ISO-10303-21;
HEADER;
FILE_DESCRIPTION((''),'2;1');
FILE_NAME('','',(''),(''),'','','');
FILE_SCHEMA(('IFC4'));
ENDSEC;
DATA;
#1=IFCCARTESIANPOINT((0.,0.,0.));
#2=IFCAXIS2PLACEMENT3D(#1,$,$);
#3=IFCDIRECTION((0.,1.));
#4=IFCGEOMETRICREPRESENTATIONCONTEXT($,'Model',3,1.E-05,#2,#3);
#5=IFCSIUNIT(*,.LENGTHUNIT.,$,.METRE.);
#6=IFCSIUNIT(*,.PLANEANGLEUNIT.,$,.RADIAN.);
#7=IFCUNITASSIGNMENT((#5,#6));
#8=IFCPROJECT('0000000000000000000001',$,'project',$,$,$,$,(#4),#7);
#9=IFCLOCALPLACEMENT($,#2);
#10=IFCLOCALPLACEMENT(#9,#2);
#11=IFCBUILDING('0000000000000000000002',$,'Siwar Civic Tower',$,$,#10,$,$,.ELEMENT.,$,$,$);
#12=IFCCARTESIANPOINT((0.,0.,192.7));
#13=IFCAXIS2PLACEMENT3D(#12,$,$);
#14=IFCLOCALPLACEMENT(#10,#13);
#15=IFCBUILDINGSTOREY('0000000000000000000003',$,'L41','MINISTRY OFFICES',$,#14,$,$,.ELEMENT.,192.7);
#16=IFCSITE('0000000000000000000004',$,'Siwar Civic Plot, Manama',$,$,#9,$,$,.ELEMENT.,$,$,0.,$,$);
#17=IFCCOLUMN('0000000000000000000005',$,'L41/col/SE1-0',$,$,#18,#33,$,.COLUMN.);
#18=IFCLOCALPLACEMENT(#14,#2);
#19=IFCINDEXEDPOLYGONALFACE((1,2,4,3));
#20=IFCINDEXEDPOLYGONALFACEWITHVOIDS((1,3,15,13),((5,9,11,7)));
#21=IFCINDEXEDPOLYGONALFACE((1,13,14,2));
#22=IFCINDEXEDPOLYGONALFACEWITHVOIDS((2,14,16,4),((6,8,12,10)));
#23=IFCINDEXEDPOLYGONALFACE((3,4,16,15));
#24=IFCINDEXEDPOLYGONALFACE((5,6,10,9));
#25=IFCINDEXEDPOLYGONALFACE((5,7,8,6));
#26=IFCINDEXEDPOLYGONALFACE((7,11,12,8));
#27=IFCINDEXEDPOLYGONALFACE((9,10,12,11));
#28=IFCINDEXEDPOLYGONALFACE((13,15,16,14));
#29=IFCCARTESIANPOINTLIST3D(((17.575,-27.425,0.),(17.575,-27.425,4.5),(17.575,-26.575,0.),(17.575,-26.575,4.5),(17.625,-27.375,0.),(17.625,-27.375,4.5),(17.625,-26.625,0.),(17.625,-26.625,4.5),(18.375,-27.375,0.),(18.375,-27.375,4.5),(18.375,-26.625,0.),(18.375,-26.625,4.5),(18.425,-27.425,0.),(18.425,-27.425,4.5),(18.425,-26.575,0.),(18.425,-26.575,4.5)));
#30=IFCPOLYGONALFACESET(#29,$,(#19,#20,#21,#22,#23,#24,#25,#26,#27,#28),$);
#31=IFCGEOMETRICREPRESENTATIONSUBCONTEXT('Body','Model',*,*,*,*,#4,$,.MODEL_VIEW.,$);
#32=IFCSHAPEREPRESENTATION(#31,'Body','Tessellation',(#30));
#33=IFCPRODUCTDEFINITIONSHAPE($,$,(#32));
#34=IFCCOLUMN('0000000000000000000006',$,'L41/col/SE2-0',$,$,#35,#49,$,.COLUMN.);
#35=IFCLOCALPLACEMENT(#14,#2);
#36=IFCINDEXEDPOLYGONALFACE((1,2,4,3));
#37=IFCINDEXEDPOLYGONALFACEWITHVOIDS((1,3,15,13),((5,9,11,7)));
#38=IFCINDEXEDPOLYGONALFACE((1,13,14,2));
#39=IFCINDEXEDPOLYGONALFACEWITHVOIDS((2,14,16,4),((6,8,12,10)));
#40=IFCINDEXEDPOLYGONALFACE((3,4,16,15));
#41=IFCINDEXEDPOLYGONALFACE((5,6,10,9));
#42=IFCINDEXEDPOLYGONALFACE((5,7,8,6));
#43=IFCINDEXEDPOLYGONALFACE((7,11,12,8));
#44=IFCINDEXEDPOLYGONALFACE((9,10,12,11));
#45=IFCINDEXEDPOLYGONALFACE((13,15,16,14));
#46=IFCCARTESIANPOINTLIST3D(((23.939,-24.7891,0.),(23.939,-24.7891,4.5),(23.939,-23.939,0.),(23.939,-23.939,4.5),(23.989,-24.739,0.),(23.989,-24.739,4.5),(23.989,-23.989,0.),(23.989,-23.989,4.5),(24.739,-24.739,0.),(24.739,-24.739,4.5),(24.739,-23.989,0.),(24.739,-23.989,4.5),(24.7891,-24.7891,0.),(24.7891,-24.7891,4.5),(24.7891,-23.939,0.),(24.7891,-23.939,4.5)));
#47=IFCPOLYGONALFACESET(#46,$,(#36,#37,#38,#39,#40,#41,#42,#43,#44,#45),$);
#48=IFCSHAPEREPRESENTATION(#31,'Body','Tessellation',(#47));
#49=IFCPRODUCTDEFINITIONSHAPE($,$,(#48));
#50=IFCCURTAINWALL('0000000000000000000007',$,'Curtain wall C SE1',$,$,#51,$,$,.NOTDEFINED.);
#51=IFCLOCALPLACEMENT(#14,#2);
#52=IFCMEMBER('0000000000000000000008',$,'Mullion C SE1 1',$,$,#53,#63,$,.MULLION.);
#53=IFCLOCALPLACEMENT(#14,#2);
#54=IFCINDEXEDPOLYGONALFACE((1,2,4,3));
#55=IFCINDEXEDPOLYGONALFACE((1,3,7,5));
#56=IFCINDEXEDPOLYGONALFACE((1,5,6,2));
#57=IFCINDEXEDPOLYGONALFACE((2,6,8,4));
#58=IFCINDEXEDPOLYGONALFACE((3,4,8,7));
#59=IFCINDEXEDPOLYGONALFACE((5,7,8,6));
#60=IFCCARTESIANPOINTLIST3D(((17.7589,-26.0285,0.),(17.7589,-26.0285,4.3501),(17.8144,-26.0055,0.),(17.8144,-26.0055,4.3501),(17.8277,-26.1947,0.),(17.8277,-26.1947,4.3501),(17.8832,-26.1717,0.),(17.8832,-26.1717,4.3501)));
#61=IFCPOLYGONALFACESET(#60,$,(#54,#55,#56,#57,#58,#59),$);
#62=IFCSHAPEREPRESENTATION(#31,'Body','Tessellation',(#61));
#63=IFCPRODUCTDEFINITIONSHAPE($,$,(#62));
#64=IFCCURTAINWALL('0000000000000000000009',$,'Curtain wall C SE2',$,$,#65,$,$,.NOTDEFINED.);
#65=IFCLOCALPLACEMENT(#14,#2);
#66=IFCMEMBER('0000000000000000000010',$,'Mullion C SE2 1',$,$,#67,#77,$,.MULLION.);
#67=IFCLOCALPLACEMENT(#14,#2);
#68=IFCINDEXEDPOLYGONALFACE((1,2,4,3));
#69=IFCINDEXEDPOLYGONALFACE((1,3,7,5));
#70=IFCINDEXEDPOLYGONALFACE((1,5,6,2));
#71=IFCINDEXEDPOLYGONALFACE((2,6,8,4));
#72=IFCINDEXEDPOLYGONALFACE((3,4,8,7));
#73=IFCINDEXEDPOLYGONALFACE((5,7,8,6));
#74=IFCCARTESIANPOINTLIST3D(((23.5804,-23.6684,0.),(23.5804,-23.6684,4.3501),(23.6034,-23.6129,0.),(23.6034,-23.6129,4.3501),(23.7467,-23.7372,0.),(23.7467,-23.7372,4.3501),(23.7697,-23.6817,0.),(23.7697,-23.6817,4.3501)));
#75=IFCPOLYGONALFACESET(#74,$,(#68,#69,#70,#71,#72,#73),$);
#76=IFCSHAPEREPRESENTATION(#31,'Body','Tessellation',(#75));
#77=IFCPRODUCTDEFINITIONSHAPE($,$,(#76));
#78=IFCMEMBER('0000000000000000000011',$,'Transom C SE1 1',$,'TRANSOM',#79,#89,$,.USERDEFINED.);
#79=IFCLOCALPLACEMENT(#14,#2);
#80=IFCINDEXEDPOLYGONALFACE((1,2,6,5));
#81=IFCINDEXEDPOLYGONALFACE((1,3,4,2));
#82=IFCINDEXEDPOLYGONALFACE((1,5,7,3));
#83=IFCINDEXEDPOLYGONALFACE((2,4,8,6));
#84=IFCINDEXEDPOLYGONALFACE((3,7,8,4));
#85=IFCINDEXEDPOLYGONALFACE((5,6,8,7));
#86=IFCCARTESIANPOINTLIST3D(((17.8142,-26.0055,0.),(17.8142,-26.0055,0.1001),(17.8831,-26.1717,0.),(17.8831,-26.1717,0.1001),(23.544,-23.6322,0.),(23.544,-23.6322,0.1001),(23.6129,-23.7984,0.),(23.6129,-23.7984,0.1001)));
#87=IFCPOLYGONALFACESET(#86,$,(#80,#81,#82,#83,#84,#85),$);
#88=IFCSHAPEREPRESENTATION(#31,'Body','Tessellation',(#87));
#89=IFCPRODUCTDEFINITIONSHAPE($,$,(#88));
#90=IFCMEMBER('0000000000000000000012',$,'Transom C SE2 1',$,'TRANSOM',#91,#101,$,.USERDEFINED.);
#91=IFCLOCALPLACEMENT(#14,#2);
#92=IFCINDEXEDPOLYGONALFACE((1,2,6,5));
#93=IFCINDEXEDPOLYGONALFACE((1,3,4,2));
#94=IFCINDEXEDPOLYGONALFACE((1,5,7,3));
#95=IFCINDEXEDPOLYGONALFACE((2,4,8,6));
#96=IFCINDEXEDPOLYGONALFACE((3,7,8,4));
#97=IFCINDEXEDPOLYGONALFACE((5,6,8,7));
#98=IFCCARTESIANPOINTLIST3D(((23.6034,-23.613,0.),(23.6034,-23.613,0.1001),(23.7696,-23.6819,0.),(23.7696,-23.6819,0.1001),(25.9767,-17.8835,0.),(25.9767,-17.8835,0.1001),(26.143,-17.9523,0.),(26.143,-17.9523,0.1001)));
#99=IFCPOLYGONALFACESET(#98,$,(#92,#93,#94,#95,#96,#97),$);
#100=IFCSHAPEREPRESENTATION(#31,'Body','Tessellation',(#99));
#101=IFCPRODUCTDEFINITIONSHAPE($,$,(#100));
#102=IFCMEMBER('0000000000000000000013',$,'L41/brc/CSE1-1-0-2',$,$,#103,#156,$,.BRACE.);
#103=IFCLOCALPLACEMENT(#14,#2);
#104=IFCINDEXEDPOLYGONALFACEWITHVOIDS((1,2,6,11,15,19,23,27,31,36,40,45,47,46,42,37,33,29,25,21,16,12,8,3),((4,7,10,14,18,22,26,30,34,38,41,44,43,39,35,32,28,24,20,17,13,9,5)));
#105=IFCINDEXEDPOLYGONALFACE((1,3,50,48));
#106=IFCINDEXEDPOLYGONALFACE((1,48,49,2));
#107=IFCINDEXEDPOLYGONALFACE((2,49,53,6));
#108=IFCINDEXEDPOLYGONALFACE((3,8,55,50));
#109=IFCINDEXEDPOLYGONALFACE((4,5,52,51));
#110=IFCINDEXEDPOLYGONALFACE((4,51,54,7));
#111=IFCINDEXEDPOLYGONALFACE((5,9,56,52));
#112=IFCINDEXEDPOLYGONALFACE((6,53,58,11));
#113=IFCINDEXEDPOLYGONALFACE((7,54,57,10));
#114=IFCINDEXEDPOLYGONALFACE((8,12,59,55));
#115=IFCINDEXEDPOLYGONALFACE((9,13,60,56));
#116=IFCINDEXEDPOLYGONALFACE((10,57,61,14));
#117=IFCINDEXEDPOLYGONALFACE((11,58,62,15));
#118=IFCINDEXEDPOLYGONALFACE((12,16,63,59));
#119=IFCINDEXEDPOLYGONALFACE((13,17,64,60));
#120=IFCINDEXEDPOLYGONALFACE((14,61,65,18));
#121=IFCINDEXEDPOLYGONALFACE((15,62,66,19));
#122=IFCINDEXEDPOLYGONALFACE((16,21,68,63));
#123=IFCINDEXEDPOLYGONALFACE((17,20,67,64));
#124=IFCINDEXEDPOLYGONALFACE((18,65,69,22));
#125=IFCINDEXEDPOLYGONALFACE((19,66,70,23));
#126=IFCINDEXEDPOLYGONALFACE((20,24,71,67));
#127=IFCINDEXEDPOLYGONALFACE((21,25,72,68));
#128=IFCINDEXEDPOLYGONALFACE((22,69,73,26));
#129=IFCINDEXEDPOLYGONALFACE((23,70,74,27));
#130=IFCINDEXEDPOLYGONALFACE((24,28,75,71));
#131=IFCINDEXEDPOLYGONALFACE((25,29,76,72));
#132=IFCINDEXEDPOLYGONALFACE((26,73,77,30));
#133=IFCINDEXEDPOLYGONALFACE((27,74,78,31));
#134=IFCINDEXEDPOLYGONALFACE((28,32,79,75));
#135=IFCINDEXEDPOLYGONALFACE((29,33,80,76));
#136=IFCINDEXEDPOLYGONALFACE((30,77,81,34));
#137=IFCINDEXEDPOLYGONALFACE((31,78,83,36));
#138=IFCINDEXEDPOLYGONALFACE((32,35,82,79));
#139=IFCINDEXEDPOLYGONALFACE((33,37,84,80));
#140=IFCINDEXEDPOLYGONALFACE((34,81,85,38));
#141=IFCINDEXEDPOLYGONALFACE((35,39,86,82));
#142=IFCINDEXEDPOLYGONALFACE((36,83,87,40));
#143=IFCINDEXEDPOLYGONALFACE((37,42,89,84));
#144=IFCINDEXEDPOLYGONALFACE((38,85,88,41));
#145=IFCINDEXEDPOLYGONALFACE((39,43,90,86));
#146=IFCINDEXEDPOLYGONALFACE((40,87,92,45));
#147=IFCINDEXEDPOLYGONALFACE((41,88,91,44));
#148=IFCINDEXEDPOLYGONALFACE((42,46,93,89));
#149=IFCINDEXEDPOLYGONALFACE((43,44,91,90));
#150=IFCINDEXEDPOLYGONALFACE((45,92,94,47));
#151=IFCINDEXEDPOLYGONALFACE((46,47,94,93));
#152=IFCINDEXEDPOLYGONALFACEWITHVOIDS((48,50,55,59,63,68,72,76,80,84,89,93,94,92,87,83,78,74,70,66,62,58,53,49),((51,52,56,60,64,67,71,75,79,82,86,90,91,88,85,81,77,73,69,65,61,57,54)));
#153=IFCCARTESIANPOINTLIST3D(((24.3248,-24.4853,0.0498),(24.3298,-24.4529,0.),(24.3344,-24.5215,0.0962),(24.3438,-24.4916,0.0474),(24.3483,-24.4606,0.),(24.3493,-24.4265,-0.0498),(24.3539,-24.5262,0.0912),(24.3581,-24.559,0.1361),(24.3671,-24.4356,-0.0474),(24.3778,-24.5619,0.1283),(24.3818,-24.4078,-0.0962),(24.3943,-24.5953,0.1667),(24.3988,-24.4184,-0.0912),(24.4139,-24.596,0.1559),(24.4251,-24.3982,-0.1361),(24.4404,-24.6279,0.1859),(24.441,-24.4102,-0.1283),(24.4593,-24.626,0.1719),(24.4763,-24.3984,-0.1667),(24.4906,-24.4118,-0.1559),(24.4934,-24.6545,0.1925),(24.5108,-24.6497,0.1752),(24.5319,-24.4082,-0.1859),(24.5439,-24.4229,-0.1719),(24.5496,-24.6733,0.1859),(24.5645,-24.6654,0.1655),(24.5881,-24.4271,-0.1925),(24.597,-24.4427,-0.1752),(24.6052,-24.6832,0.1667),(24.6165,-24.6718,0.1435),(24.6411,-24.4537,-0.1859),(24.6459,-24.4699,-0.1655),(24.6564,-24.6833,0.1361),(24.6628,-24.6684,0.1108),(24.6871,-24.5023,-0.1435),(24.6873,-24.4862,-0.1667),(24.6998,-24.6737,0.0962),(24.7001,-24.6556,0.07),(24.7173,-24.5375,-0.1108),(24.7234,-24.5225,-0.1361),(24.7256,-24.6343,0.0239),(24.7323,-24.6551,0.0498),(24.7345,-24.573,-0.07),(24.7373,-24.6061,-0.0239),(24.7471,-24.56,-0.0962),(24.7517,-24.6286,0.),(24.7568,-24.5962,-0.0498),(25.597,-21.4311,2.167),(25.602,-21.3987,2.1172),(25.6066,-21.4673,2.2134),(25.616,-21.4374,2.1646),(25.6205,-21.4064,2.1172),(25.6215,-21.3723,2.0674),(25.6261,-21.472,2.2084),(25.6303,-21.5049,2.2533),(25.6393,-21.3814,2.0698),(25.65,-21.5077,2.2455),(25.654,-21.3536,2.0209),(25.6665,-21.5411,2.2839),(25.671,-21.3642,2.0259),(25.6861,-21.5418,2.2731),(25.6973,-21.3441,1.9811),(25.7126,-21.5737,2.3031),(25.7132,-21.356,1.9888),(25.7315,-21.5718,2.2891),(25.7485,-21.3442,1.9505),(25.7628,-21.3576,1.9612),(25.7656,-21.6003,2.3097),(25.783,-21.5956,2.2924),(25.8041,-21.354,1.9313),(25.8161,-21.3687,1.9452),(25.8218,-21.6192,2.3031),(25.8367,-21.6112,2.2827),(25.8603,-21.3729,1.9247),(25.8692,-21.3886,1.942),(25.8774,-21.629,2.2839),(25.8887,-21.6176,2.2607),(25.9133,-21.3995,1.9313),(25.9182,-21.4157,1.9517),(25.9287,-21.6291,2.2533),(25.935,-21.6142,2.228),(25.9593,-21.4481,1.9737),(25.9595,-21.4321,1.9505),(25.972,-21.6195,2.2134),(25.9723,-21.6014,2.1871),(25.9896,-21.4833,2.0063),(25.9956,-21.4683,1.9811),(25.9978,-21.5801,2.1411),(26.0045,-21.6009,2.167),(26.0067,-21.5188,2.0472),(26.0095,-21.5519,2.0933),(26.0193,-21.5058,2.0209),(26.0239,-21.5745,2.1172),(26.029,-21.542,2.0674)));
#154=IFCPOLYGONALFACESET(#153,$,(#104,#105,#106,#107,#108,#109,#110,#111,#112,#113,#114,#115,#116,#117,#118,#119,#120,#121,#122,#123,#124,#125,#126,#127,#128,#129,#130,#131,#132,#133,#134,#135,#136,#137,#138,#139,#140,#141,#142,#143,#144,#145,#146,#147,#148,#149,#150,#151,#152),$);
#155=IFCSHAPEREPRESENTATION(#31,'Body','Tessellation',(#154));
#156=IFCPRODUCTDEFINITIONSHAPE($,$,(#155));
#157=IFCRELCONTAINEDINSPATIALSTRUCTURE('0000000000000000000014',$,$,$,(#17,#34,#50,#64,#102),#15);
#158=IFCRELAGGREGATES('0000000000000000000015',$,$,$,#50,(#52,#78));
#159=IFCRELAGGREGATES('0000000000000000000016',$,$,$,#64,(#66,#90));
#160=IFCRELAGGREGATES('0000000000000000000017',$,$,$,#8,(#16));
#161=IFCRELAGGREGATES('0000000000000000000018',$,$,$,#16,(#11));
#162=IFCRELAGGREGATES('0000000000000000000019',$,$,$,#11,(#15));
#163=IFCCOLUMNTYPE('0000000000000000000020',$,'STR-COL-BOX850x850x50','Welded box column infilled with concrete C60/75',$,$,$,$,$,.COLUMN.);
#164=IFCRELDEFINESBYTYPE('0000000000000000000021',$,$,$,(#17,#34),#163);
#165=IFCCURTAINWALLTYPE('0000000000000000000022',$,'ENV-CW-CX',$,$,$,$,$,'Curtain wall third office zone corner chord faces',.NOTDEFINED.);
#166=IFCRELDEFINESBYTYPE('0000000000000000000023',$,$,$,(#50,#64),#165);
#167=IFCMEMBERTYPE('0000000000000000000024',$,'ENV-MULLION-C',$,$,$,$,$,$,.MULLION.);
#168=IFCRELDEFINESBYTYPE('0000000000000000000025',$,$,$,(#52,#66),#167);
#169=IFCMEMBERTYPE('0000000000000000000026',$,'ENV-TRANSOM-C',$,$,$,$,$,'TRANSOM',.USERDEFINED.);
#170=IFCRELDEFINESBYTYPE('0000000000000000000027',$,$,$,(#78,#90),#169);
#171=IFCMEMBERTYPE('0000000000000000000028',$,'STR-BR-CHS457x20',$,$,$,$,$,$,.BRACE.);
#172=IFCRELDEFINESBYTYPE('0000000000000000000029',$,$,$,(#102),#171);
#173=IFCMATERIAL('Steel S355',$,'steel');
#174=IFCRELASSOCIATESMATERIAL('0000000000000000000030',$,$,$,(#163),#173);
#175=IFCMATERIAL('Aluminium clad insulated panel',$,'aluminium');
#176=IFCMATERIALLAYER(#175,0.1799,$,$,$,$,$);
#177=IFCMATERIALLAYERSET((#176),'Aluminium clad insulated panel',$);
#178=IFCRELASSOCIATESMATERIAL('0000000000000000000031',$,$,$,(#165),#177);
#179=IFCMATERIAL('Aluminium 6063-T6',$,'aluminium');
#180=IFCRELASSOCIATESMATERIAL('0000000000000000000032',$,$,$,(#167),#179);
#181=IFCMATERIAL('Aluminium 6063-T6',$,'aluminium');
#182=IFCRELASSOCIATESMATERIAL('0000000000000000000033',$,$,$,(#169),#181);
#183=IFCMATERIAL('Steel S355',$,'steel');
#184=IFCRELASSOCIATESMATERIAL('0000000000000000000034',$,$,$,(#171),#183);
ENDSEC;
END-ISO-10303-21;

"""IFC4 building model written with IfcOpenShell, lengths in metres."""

from ifc_helpers import new_model, si_unit, direction, frame, origin, origin_2d, place, context, subcontext, project, spatial, rectangle, hollow_rectangle, hollow_circle, extrude, material, layer, layer_set, material_profile, profile_set, type_object, element, aggregate, save


model = new_model("IFC4")

# Units and contexts
model_context = context("Model", 3, precision=1e-05, world=origin(), true_north=direction((0.0, 1.0)))
body_context = subcontext(model_context, "Body", "Model", "MODEL_VIEW")
ifc_project = project(units=[si_unit("LENGTHUNIT", "METRE"), si_unit("PLANEANGLEUNIT", "RADIAN")], contexts=[model_context])

# Site, building, storey
site_placement = place(None, origin())
site = spatial("IfcSite", under=ifc_project, at=site_placement, Name="Siwar Civic Plot, Manama", CompositionType="ELEMENT", RefElevation=0.0)
building_placement = place(site_placement, origin())
building = spatial("IfcBuilding", under=site, at=building_placement, Name="Siwar Civic Tower", CompositionType="ELEMENT")
storey_placement = place(building_placement, frame((0.0, 0.0, 192.7)))
storey = spatial("IfcBuildingStorey", under=building, at=storey_placement, Name="L41", Description="MINISTRY OFFICES", CompositionType="ELEMENT", Elevation=192.7)

# Columns
ifc_material_1 = material(Name="Steel S355", Category="steel")
ifc_material_profile_1 = material_profile(ifc_material_1, hollow_rectangle(XDim=0.8501, YDim=0.8501, WallThickness=0.05, at=origin_2d()), Name="BOX850x850x50")
ifc_profile_set_1 = profile_set([ifc_material_profile_1], Name="Steel S355")
column_type = type_object("IfcColumnType", Name="STR-COL-BOX850x850x50", Description="Welded box column infilled with concrete C60/75", PredefinedType="COLUMN", material=ifc_profile_set_1)
for number, where, z_axis, x_axis, name in (
    (1, (18.0, -27.0, 0.0), (0.0, 0.0, 1.0), (1.0, 0.0, 0.0), "L41/col/SE1-0"),
    (2, (24.364, -24.364, 0.0), (0.0, 0.0, 1.0), (1.0, 0.0, 0.0), "L41/col/SE2-0"),
):
    element("IfcColumn", number, at=place(storey_placement, frame(where, z_axis=z_axis, x_axis=x_axis)), inside=storey, type_object=column_type, Name=name, PredefinedType="COLUMN", context=body_context, shape_type="SweptSolid", body=[
        extrude(hollow_rectangle(XDim=0.8501, YDim=0.8501, WallThickness=0.05, at=origin_2d()), origin(), (0.0, 0.0, 1.0), 4.5),
    ])

# Curtain walls, members
ifc_material_2 = material(Name="Aluminium clad insulated panel", Category="aluminium")
ifc_layer_1 = layer(ifc_material_2, 0.1799)
ifc_layer_set_1 = layer_set([ifc_layer_1], Name="Aluminium clad insulated panel")
curtain_wall_type = type_object("IfcCurtainWallType", Name="ENV-CW-CX", ElementType="Curtain wall third office zone corner chord faces", PredefinedType="NOTDEFINED", material=ifc_layer_set_1)
curtain_wall_1_placement = place(storey_placement, origin())
curtain_wall_1 = element("IfcCurtainWall", 3, at=curtain_wall_1_placement, inside=storey, type_object=curtain_wall_type, Name="Curtain wall C SE1", PredefinedType="NOTDEFINED")
ifc_material_3 = material(Name="Aluminium 6063-T6", Category="aluminium")
ifc_material_profile_2 = material_profile(ifc_material_3, rectangle(XDim=0.1799, YDim=0.0601, at=origin_2d()), Name="AL 180x60")
ifc_profile_set_2 = profile_set([ifc_material_profile_2], Name="Aluminium 6063-T6")
member_type_1 = type_object("IfcMemberType", Name="ENV-MULLION-C", PredefinedType="MULLION", material=ifc_profile_set_2)
member_1_placement = place(storey_placement, frame((17.821, -26.1001, 0.0), z_axis=(0.0, 0.0, 1.0), x_axis=(-0.382683, 0.92388, 0.0)))
member_1 = element("IfcMember", 4, at=member_1_placement, type_object=member_type_1, Name="Mullion C SE1 1", PredefinedType="MULLION", context=body_context, shape_type="SweptSolid", body=[
    extrude(rectangle(XDim=0.1799, YDim=0.0601, at=origin_2d()), origin(), (0.0, 0.0, 1.0), 4.3501),
])
curtain_wall_2_placement = place(storey_placement, origin())
curtain_wall_2 = element("IfcCurtainWall", 5, at=curtain_wall_2_placement, inside=storey, type_object=curtain_wall_type, Name="Curtain wall C SE2", PredefinedType="NOTDEFINED")
member_2_placement = place(storey_placement, frame((23.675, -23.675, 0.0), z_axis=(0.0, 0.0, 1.0), x_axis=(-0.92388, 0.382683, 0.0)))
member_2 = element("IfcMember", 6, at=member_2_placement, type_object=member_type_1, Name="Mullion C SE2 1", PredefinedType="MULLION", context=body_context, shape_type="SweptSolid", body=[
    extrude(rectangle(XDim=0.1799, YDim=0.0601, at=origin_2d()), origin(), (0.0, 0.0, 1.0), 4.3501),
])

# Members
ifc_material_4 = material(Name="Aluminium 6063-T6", Category="aluminium")
ifc_material_profile_3 = material_profile(ifc_material_4, rectangle(XDim=0.1799, YDim=0.1001, at=origin_2d()), Name="AL 180x100")
ifc_profile_set_3 = profile_set([ifc_material_profile_3], Name="Aluminium 6063-T6")
member_type_2 = type_object("IfcMemberType", Name="ENV-TRANSOM-C", ElementType="TRANSOM", PredefinedType="USERDEFINED", material=ifc_profile_set_3)
member_3_placement = place(storey_placement, frame((17.8486, -26.0886, 0.05), z_axis=(0.923882, 0.382677, 0.0), x_axis=(-0.382677, 0.923882, 0.0)))
member_3 = element("IfcMember", 7, at=member_3_placement, type_object=member_type_2, Name="Transom C SE1 1", ObjectType="TRANSOM", PredefinedType="USERDEFINED", context=body_context, shape_type="SweptSolid", body=[
    extrude(rectangle(XDim=0.1799, YDim=0.1001, at=origin_2d()), origin(), (0.0, 0.0, 1.0), 6.2019),
])
member_4_placement = place(storey_placement, frame((23.6865, -23.6475, 0.05), z_axis=(0.382691, 0.923876, 0.0), x_axis=(-0.923876, 0.382691, 0.0)))
member_4 = element("IfcMember", 8, at=member_4_placement, type_object=member_type_2, Name="Transom C SE2 1", ObjectType="TRANSOM", PredefinedType="USERDEFINED", context=body_context, shape_type="SweptSolid", body=[
    extrude(rectangle(XDim=0.1799, YDim=0.1001, at=origin_2d()), origin(), (0.0, 0.0, 1.0), 6.2017),
])

# Member
ifc_material_5 = material(Name="Steel S355", Category="steel")
ifc_material_profile_4 = material_profile(ifc_material_5, hollow_circle(Radius=0.2285, WallThickness=0.02, at=origin_2d()), Name="CHS457x20")
ifc_profile_set_4 = profile_set([ifc_material_profile_4], Name="Steel S355")
member_type_3 = type_object("IfcMemberType", Name="STR-BR-CHS457x20", PredefinedType="BRACE", material=ifc_profile_set_4)
for number, where, z_axis, x_axis, name in (
    (9, (24.5408, -24.5408, 0.0), (0.323884, 0.777546, 0.538999), (-0.923116, 0.384521, 0.0), "L41/brc/CSE1-1-0-2"),
):
    element("IfcMember", number, at=place(storey_placement, frame(where, z_axis=z_axis, x_axis=x_axis)), inside=storey, type_object=member_type_3, Name=name, PredefinedType="BRACE", context=body_context, shape_type="SweptSolid", body=[
        extrude(hollow_circle(Radius=0.2285, WallThickness=0.02, at=origin_2d()), origin(), (0.0, 0.0, 1.0), 3.928),
    ])

aggregate(curtain_wall_1, [member_1, member_3])
aggregate(curtain_wall_2, [member_2, member_4])

save(model, "model.ifc")
